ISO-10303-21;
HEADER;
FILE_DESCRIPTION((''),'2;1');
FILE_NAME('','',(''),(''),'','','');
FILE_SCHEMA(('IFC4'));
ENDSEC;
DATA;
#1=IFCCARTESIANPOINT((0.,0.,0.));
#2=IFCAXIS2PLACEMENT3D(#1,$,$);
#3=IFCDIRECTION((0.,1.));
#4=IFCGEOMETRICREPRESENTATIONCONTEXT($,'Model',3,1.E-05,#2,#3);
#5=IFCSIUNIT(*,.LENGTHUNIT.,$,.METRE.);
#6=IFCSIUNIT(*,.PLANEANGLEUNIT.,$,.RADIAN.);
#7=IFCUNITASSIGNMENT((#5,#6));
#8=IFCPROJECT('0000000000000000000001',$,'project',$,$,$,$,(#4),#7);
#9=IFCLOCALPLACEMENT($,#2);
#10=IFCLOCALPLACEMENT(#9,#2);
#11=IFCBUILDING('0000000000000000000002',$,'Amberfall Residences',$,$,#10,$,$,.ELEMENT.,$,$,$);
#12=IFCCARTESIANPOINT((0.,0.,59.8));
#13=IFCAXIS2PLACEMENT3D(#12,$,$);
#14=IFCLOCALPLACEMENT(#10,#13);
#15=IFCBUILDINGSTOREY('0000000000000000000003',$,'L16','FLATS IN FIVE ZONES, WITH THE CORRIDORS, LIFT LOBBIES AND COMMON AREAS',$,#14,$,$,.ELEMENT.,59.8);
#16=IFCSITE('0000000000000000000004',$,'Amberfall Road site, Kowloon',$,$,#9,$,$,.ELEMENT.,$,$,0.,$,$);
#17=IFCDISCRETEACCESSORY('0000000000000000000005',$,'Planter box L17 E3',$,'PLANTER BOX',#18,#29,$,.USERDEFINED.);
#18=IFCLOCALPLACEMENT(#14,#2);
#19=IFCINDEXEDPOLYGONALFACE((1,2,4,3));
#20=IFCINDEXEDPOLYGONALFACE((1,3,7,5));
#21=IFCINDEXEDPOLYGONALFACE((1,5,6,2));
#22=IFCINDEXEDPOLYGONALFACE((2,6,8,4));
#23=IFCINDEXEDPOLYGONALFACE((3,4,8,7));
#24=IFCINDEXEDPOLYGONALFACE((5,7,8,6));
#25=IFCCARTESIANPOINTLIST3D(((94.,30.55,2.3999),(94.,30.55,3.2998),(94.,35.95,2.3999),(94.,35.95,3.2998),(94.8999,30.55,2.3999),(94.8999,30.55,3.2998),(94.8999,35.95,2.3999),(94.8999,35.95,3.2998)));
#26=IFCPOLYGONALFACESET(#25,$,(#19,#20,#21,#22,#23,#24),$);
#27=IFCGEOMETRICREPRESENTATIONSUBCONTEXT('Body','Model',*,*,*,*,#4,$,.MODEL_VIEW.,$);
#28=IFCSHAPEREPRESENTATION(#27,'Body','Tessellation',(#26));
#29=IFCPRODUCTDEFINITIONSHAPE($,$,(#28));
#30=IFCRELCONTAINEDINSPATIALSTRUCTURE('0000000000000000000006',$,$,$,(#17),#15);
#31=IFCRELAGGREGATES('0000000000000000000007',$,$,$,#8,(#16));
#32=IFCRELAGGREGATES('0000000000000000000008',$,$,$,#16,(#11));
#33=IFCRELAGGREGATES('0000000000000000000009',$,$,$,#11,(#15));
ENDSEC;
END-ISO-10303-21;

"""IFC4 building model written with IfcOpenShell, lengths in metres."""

from ifc_helpers import new_model, si_unit, direction, frame, origin, origin_2d, place, context, subcontext, project, spatial, rectangle, extrude, element, save


model = new_model("IFC4")

# Units and contexts
model_context = context("Model", 3, precision=1e-05, world=origin(), true_north=direction((0.0, 1.0)))
body_context = subcontext(model_context, "Body", "Model", "MODEL_VIEW")
ifc_project = project(units=[si_unit("LENGTHUNIT", "METRE"), si_unit("PLANEANGLEUNIT", "RADIAN")], contexts=[model_context])

# Site, building, storey
site_placement = place(None, origin())
site = spatial("IfcSite", under=ifc_project, at=site_placement, Name="Amberfall Road site, Kowloon", CompositionType="ELEMENT", RefElevation=0.0)
building_placement = place(site_placement, origin())
building = spatial("IfcBuilding", under=site, at=building_placement, Name="Amberfall Residences", CompositionType="ELEMENT")
storey_placement = place(building_placement, frame((0.0, 0.0, 59.8)))
storey = spatial("IfcBuildingStorey", under=building, at=storey_placement, Name="L16", Description="FLATS IN FIVE ZONES, WITH THE CORRIDORS, LIFT LOBBIES AND COMMON AREAS", CompositionType="ELEMENT", Elevation=59.8)

# Discrete accessory
discrete_accessory_placement = place(storey_placement, frame((94.45, 33.25, 2.3999), z_axis=(0.0, 0.0, 1.0), x_axis=(0.0, 1.0, 0.0)))
element("IfcDiscreteAccessory", 1, at=discrete_accessory_placement, inside=storey, Name="Planter box L17 E3", ObjectType="PLANTER BOX", PredefinedType="USERDEFINED", context=body_context, shape_type="SweptSolid", body=[
    extrude(rectangle(XDim=5.3999, YDim=0.8999, at=origin_2d()), origin(), (0.0, 0.0, 1.0), 0.8999),
])

save(model, "model.ifc")
